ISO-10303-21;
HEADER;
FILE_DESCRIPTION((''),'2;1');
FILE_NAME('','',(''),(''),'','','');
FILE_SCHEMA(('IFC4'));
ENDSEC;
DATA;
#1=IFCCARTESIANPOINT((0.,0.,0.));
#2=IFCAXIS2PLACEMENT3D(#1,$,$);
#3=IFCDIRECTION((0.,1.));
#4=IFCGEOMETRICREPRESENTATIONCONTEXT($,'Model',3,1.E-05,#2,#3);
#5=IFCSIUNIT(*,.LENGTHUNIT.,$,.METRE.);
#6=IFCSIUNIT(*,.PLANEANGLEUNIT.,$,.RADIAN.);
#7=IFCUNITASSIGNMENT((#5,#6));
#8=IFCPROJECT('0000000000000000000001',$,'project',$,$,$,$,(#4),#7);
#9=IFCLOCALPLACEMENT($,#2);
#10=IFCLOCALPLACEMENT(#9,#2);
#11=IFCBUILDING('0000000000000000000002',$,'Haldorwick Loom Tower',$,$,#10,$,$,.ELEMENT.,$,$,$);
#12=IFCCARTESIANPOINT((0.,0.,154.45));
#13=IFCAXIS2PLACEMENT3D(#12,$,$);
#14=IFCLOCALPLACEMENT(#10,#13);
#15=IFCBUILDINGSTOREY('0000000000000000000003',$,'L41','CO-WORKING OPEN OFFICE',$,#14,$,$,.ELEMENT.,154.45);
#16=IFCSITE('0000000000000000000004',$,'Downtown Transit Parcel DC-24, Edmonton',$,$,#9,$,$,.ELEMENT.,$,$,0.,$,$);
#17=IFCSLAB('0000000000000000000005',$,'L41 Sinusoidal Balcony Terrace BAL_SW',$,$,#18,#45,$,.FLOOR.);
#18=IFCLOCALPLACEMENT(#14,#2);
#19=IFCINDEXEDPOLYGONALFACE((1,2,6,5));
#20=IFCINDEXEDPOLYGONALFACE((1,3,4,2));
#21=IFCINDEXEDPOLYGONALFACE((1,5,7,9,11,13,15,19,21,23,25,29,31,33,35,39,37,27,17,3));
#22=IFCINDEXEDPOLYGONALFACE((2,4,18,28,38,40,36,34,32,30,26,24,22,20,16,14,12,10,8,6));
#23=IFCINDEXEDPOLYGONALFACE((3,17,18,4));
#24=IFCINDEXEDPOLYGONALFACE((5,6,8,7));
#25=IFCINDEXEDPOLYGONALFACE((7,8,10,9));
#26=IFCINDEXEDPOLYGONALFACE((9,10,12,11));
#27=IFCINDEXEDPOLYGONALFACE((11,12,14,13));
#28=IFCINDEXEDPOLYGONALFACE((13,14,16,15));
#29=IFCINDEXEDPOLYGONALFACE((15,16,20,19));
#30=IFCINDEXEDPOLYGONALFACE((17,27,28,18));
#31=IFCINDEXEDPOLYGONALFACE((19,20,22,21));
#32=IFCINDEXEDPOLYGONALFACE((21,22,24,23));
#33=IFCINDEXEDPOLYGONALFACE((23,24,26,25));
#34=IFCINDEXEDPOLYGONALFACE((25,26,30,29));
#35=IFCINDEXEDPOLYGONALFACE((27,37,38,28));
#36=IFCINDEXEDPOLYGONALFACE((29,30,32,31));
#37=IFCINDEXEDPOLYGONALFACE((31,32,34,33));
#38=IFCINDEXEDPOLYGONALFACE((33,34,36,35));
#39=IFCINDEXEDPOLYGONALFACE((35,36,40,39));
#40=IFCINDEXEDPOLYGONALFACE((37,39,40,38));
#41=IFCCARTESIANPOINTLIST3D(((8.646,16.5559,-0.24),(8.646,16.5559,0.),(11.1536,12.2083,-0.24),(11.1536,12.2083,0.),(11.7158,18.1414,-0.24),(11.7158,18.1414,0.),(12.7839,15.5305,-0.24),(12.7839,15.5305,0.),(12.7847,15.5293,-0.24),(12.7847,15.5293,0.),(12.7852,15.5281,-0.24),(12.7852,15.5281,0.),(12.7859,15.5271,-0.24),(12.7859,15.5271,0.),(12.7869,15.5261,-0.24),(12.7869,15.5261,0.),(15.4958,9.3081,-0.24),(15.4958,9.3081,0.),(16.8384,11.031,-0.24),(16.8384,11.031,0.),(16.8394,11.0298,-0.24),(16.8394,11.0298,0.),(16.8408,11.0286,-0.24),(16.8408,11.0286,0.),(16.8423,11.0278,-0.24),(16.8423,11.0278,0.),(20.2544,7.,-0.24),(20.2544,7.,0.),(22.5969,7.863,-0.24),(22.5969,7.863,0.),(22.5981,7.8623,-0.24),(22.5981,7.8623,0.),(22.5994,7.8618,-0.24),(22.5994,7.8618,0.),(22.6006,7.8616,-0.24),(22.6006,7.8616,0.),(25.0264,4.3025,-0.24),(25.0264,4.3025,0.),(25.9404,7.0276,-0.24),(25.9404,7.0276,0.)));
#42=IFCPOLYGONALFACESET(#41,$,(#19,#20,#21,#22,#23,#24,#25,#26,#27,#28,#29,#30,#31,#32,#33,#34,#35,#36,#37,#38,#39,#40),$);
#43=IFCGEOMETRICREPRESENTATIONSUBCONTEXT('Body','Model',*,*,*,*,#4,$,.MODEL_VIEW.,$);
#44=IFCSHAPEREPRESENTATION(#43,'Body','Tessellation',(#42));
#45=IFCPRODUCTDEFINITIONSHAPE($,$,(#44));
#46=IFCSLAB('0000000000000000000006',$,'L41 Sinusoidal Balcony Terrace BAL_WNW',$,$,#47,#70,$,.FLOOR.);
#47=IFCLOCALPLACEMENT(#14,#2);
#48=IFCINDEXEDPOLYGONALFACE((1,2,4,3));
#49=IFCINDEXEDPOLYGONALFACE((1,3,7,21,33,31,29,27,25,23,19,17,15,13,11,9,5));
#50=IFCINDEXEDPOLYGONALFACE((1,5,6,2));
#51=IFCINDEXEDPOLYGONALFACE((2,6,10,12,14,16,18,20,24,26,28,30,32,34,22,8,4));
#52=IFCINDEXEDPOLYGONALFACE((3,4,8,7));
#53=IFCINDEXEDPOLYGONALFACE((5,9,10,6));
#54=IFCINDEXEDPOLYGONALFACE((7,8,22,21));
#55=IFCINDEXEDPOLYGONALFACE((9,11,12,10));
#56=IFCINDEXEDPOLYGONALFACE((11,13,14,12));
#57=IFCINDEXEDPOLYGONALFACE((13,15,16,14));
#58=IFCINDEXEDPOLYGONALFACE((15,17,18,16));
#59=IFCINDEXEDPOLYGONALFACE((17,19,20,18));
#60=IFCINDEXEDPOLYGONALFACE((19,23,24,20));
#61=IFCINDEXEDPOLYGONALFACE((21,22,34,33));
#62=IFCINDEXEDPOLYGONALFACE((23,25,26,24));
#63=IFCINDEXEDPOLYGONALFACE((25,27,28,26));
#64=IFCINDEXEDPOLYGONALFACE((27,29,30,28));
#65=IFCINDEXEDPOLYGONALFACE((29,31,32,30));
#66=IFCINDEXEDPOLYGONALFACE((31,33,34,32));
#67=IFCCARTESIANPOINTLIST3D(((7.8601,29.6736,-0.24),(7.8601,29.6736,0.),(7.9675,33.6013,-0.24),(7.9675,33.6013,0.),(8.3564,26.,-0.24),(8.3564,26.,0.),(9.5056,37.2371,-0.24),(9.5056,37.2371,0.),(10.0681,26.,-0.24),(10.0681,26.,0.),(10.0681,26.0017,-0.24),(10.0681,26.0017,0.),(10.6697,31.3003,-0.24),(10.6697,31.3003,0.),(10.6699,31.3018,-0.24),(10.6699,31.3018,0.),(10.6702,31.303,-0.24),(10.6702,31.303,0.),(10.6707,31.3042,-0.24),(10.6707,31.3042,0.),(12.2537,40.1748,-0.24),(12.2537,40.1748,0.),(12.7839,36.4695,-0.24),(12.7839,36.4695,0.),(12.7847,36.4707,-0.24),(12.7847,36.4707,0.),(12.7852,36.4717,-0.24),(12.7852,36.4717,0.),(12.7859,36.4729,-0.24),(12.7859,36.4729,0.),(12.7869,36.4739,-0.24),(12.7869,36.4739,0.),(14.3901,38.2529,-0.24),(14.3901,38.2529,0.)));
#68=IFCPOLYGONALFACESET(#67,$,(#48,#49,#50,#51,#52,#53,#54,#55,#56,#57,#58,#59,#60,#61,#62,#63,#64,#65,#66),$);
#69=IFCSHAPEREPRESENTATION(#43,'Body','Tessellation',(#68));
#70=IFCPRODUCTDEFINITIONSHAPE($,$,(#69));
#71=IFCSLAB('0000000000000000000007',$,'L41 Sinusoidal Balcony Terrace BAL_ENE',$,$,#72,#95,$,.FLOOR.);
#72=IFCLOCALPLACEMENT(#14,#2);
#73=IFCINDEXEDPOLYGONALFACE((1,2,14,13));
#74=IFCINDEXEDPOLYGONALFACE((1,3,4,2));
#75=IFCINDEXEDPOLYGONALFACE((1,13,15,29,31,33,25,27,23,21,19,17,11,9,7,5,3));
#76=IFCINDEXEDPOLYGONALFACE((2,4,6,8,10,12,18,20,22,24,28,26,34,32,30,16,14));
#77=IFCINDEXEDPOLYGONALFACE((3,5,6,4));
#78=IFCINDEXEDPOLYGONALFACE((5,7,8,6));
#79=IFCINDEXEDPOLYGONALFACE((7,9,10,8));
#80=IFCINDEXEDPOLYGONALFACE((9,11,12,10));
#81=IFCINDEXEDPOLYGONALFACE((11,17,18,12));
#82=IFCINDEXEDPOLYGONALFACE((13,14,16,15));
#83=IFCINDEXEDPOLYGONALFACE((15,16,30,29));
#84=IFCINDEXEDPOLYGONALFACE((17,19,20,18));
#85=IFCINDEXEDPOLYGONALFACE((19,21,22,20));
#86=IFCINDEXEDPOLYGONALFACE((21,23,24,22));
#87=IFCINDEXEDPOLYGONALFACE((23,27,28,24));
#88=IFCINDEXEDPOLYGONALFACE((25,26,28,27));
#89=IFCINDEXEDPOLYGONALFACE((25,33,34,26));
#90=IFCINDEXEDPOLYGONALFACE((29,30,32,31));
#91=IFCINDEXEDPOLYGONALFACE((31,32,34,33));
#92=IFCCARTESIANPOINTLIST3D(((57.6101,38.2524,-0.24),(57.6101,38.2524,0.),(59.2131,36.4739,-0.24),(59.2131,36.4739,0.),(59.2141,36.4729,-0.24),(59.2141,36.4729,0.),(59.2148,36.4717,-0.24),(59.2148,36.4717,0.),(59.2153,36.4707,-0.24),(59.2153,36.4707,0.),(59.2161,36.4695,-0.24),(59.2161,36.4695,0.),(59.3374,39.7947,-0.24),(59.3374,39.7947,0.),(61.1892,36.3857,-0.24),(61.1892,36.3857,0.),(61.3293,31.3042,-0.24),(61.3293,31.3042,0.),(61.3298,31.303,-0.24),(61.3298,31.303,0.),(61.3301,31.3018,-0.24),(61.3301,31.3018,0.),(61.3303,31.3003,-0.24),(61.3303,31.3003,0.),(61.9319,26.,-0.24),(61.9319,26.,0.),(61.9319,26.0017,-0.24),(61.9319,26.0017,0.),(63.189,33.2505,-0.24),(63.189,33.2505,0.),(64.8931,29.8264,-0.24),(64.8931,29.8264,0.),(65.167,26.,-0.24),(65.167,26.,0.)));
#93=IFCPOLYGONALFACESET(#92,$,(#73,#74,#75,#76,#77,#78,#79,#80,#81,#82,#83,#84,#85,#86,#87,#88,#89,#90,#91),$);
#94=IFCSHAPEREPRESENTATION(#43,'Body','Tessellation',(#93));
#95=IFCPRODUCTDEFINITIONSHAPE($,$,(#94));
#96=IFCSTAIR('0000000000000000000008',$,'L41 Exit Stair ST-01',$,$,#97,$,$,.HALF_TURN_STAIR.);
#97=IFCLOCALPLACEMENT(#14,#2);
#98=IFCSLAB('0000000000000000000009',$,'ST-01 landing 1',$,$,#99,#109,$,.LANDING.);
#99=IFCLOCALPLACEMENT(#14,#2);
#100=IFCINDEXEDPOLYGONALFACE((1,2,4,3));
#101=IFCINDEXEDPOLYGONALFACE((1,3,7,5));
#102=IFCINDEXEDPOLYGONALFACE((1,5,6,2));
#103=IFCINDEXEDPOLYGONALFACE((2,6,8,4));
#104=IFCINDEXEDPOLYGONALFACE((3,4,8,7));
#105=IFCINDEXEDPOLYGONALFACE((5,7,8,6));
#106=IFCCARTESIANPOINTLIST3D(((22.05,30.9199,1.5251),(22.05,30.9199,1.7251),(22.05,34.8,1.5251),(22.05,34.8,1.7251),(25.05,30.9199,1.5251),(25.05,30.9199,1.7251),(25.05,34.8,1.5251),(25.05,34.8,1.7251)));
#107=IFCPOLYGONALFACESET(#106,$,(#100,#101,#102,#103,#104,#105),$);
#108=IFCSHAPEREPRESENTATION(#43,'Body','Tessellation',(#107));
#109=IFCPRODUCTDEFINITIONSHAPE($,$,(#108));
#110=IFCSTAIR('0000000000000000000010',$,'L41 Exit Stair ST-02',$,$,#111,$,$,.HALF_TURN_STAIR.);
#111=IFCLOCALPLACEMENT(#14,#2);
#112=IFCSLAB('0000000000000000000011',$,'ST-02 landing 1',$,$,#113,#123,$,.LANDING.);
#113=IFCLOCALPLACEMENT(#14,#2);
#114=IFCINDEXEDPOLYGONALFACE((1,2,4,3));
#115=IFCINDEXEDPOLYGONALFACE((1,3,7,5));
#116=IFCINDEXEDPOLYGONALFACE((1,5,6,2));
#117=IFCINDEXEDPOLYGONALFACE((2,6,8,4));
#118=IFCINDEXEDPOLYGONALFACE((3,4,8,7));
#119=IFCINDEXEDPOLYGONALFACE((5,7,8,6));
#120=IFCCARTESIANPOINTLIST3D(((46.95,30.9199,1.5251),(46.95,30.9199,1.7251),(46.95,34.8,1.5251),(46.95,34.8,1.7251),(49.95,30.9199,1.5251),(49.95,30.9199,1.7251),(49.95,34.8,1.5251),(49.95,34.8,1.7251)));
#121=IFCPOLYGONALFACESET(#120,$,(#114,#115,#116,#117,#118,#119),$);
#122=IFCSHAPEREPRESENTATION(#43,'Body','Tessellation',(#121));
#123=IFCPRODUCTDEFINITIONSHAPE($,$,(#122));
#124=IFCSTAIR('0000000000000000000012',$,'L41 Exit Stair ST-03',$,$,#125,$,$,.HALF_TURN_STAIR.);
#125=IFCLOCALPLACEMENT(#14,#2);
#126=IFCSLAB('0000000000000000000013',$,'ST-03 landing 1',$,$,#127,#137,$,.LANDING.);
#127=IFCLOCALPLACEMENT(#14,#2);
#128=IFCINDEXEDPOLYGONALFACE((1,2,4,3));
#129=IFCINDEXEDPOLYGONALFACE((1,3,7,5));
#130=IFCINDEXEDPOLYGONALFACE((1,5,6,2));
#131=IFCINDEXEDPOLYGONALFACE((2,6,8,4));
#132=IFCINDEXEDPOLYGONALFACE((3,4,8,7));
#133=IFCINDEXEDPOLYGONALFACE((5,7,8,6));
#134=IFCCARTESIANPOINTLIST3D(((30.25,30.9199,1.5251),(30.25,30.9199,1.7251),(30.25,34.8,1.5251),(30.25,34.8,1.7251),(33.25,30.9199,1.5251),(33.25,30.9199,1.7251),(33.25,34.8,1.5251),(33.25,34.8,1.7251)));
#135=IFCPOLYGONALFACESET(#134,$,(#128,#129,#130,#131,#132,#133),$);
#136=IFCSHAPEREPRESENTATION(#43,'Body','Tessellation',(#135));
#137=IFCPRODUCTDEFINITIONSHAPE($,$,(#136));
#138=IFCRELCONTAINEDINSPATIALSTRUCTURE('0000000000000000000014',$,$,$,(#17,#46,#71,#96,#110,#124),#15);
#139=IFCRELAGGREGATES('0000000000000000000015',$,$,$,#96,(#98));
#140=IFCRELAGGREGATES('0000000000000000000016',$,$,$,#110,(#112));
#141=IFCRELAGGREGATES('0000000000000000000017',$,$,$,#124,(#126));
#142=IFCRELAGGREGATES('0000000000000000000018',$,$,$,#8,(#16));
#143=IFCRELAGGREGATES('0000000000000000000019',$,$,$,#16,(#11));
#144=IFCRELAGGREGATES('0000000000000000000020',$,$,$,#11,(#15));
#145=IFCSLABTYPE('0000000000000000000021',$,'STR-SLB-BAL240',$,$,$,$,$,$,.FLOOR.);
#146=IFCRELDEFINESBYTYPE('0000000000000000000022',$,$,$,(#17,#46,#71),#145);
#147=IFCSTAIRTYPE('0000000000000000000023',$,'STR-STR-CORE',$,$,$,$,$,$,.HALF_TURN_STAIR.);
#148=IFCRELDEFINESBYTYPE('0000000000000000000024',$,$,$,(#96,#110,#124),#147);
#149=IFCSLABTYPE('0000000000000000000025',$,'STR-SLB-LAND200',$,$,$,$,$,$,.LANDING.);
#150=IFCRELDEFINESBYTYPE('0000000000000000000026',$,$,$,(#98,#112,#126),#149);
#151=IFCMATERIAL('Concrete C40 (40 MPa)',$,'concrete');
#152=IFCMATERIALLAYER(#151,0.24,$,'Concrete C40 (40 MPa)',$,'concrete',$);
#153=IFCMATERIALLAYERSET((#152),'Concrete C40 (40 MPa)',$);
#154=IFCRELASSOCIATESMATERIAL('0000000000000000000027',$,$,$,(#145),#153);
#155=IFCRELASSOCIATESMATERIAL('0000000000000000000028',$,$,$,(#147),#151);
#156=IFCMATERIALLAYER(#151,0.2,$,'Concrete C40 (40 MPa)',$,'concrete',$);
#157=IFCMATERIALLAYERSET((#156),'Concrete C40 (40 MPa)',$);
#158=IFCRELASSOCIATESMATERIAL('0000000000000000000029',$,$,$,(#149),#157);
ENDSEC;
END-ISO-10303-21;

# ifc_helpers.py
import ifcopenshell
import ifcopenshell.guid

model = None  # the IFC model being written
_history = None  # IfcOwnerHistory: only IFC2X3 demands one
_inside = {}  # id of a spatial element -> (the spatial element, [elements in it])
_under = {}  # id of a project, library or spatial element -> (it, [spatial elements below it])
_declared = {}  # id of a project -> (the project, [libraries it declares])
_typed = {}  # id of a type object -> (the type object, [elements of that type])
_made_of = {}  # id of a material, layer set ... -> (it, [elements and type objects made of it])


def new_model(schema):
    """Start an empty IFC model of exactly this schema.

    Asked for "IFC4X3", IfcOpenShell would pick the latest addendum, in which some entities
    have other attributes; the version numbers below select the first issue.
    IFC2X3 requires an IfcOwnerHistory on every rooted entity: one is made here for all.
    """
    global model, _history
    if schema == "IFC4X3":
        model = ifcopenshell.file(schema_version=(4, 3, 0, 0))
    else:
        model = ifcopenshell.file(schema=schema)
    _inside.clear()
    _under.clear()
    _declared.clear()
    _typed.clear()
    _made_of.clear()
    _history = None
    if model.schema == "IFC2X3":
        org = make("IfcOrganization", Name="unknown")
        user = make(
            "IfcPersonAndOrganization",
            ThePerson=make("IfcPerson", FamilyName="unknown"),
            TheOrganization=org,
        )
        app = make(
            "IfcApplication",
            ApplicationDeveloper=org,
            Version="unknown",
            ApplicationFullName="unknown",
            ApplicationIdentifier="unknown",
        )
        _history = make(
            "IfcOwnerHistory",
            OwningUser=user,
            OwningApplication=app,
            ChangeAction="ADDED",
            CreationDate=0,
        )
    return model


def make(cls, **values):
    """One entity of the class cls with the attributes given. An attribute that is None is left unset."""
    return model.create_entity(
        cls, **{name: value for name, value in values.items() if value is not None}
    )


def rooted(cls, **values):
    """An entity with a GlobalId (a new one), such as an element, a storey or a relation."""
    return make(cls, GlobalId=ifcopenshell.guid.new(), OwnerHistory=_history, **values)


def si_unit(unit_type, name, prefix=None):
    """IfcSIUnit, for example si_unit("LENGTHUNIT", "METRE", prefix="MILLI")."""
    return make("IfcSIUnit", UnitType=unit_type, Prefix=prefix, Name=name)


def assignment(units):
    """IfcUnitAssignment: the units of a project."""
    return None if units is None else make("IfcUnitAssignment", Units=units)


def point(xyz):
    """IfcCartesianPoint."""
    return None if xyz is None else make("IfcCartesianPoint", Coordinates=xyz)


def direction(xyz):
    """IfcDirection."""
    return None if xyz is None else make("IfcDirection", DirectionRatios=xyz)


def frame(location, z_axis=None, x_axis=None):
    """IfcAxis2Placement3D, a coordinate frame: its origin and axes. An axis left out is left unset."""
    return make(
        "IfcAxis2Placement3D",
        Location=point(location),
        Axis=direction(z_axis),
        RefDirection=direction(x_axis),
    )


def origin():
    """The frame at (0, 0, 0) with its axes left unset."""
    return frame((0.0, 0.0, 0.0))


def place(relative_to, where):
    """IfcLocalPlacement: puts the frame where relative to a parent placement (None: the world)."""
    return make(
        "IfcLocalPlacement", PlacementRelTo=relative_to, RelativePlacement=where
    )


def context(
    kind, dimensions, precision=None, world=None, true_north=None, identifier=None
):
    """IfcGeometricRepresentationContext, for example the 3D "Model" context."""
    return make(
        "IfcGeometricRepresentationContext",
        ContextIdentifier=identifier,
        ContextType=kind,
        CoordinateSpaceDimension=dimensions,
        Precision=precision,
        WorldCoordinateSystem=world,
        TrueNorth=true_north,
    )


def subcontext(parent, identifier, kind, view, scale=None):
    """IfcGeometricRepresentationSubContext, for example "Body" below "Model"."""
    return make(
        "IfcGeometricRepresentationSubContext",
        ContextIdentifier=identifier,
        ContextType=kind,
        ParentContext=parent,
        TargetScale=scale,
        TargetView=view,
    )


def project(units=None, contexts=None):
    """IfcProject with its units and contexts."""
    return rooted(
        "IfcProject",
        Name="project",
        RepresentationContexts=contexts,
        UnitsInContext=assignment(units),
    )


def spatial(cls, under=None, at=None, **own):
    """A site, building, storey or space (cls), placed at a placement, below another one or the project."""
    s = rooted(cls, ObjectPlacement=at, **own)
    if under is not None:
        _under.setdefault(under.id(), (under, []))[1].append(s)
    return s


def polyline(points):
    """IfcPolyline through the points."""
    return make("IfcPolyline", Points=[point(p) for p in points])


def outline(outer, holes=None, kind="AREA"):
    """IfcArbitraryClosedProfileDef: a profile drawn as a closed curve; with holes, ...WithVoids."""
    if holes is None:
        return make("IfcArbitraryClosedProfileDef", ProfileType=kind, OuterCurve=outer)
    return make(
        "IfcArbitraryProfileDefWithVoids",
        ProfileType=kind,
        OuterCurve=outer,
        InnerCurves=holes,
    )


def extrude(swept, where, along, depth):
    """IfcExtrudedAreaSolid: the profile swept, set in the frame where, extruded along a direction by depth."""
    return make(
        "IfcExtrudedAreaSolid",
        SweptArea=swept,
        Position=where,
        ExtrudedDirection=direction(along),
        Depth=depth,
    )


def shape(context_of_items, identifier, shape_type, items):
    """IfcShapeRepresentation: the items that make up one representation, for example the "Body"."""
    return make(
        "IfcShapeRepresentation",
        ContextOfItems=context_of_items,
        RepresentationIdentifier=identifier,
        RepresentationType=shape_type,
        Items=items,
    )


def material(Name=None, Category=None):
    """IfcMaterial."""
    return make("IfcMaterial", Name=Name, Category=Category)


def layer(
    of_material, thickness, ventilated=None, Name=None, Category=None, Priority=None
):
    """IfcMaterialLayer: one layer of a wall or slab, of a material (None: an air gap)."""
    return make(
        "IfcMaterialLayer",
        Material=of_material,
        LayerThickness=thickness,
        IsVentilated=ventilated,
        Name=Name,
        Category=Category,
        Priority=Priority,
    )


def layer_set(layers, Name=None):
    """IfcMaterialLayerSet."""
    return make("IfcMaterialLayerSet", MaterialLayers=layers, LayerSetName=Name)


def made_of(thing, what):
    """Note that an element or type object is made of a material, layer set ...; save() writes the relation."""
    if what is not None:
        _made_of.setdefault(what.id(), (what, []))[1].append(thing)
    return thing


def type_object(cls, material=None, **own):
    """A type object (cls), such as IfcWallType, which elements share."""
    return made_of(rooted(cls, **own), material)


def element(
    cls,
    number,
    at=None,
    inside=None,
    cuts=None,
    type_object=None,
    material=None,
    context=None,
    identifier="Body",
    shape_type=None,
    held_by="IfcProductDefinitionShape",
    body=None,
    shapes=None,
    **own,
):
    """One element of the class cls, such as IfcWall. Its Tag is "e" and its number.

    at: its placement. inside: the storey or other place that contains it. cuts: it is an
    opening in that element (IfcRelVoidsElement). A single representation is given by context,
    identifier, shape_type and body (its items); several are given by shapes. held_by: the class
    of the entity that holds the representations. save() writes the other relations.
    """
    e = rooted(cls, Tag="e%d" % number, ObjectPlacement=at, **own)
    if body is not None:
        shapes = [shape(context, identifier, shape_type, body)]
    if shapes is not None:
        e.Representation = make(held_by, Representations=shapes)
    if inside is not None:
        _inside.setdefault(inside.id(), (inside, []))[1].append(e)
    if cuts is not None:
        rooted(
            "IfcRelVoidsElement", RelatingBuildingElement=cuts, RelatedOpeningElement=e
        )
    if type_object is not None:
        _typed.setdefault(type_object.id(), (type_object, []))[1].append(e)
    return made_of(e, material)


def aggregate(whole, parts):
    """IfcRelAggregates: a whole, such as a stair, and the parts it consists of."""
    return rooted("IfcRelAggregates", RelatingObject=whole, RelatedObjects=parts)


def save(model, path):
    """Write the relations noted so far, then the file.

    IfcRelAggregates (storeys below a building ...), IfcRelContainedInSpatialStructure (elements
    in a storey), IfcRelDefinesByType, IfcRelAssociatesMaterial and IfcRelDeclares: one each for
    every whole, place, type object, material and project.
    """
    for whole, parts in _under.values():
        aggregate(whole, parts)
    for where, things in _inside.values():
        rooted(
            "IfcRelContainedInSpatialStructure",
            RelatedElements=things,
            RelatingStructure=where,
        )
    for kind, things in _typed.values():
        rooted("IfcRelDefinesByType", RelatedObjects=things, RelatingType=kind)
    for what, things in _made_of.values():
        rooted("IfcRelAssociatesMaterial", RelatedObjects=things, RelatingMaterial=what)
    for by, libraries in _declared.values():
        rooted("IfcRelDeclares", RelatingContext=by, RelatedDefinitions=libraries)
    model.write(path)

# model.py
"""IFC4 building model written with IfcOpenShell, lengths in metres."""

from ifc_helpers import new_model, si_unit, direction, frame, origin, place, context, subcontext, project, spatial, polyline, outline, extrude, material, layer, layer_set, type_object, element, aggregate, save


model = new_model("IFC4")

# Units and contexts
model_context = context("Model", 3, precision=1e-05, world=origin(), true_north=direction((0.0, 1.0)))
body_context = subcontext(model_context, "Body", "Model", "MODEL_VIEW")
ifc_project = project(units=[si_unit("LENGTHUNIT", "METRE"), si_unit("PLANEANGLEUNIT", "RADIAN")], contexts=[model_context])

# Site, building, storey
site_placement = place(None, origin())
site = spatial("IfcSite", under=ifc_project, at=site_placement, Name="Downtown Transit Parcel DC-24, Edmonton", CompositionType="ELEMENT", RefElevation=0.0)
building_placement = place(site_placement, origin())
building = spatial("IfcBuilding", under=site, at=building_placement, Name="Haldorwick Loom Tower", CompositionType="ELEMENT")
storey_placement = place(building_placement, frame((0.0, 0.0, 154.45)))
storey = spatial("IfcBuildingStorey", under=building, at=storey_placement, Name="L41", Description="CO-WORKING OPEN OFFICE", CompositionType="ELEMENT", Elevation=154.45)

# Slabs
ifc_material_1 = material(Name="Concrete C40 (40 MPa)", Category="concrete")
ifc_layer_1 = layer(ifc_material_1, 0.24, Name="Concrete C40 (40 MPa)", Category="concrete")
ifc_layer_set_1 = layer_set([ifc_layer_1], Name="Concrete C40 (40 MPa)")
slab_type_1 = type_object("IfcSlabType", Name="STR-SLB-BAL240", PredefinedType="FLOOR", material=ifc_layer_set_1)
slab_1_placement = place(storey_placement, frame((0.0, 0.0, -0.24)))
element("IfcSlab", 1, at=slab_1_placement, inside=storey, type_object=slab_type_1, Name="L41 Sinusoidal Balcony Terrace BAL_SW", PredefinedType="FLOOR", context=body_context, shape_type="SweptSolid", body=[
    extrude(outline(polyline([(25.9404, 7.0276), (22.6006, 7.8616), (22.5994, 7.8618), (22.5981, 7.8623), (22.5969, 7.863), (16.8423, 11.0278), (16.8408, 11.0286), (16.8394, 11.0298), (16.8384, 11.031), (12.7869, 15.5261), (12.7859, 15.5271), (12.7852, 15.5281), (12.7847, 15.5293), (12.7839, 15.5305), (11.7158, 18.1414), (8.646, 16.5559), (11.1536, 12.2083), (15.4958, 9.3081), (20.2544, 7.0), (25.0264, 4.3025), (25.9404, 7.0276)])), origin(), (0.0, 0.0, 1.0), 0.24),
])
slab_2_placement = place(storey_placement, frame((0.0, 0.0, -0.24)))
element("IfcSlab", 2, at=slab_2_placement, inside=storey, type_object=slab_type_1, Name="L41 Sinusoidal Balcony Terrace BAL_WNW", PredefinedType="FLOOR", context=body_context, shape_type="SweptSolid", body=[
    extrude(outline(polyline([(10.0681, 26.0), (10.0681, 26.0017), (10.6697, 31.3003), (10.6699, 31.3018), (10.6702, 31.303), (10.6707, 31.3042), (12.7839, 36.4695), (12.7847, 36.4707), (12.7852, 36.4717), (12.7859, 36.4729), (12.7869, 36.4739), (14.3901, 38.2529), (12.2537, 40.1748), (9.5056, 37.2371), (7.9675, 33.6013), (7.8601, 29.6736), (8.3564, 26.0), (10.0681, 26.0)])), origin(), (0.0, 0.0, 1.0), 0.24),
])
slab_3_placement = place(storey_placement, frame((0.0, 0.0, -0.24)))
element("IfcSlab", 3, at=slab_3_placement, inside=storey, type_object=slab_type_1, Name="L41 Sinusoidal Balcony Terrace BAL_ENE", PredefinedType="FLOOR", context=body_context, shape_type="SweptSolid", body=[
    extrude(outline(polyline([(57.6101, 38.2524), (59.2131, 36.4739), (59.2141, 36.4729), (59.2148, 36.4717), (59.2153, 36.4707), (59.2161, 36.4695), (61.3293, 31.3042), (61.3298, 31.303), (61.3301, 31.3018), (61.3303, 31.3003), (61.9319, 26.0017), (61.9319, 26.0), (65.167, 26.0), (64.8931, 29.8264), (63.189, 33.2505), (61.1892, 36.3857), (59.3374, 39.7947), (57.6101, 38.2524)])), origin(), (0.0, 0.0, 1.0), 0.24),
])

# Stairs, slabs
stair_type = type_object("IfcStairType", Name="STR-STR-CORE", PredefinedType="HALF_TURN_STAIR", material=ifc_material_1)
stair_1_placement = place(storey_placement, origin())
stair_1 = element("IfcStair", 4, at=stair_1_placement, inside=storey, type_object=stair_type, Name="L41 Exit Stair ST-01", PredefinedType="HALF_TURN_STAIR")
ifc_layer_2 = layer(ifc_material_1, 0.2, Name="Concrete C40 (40 MPa)", Category="concrete")
ifc_layer_set_2 = layer_set([ifc_layer_2], Name="Concrete C40 (40 MPa)")
slab_type_2 = type_object("IfcSlabType", Name="STR-SLB-LAND200", PredefinedType="LANDING", material=ifc_layer_set_2)
slab_4_placement = place(storey_placement, frame((0.0, 0.0, 1.5251)))
slab_4 = element("IfcSlab", 5, at=slab_4_placement, type_object=slab_type_2, Name="ST-01 landing 1", PredefinedType="LANDING", context=body_context, shape_type="SweptSolid", body=[
    extrude(outline(polyline([(25.05, 30.9199), (25.05, 34.8), (22.05, 34.8), (22.05, 30.9199), (25.05, 30.9199)])), origin(), (0.0, 0.0, 1.0), 0.2),
])
aggregate(stair_1, [slab_4])
stair_2_placement = place(storey_placement, origin())
stair_2 = element("IfcStair", 6, at=stair_2_placement, inside=storey, type_object=stair_type, Name="L41 Exit Stair ST-02", PredefinedType="HALF_TURN_STAIR")
slab_5_placement = place(storey_placement, frame((0.0, 0.0, 1.5251)))
slab_5 = element("IfcSlab", 7, at=slab_5_placement, type_object=slab_type_2, Name="ST-02 landing 1", PredefinedType="LANDING", context=body_context, shape_type="SweptSolid", body=[
    extrude(outline(polyline([(49.95, 30.9199), (49.95, 34.8), (46.95, 34.8), (46.95, 30.9199), (49.95, 30.9199)])), origin(), (0.0, 0.0, 1.0), 0.2),
])
aggregate(stair_2, [slab_5])
stair_3_placement = place(storey_placement, origin())
stair_3 = element("IfcStair", 8, at=stair_3_placement, inside=storey, type_object=stair_type, Name="L41 Exit Stair ST-03", PredefinedType="HALF_TURN_STAIR")
slab_6_placement = place(storey_placement, frame((0.0, 0.0, 1.5251)))
slab_6 = element("IfcSlab", 9, at=slab_6_placement, type_object=slab_type_2, Name="ST-03 landing 1", PredefinedType="LANDING", context=body_context, shape_type="SweptSolid", body=[
    extrude(outline(polyline([(33.25, 30.9199), (33.25, 34.8), (30.25, 34.8), (30.25, 30.9199), (33.25, 30.9199)])), origin(), (0.0, 0.0, 1.0), 0.2),
])
aggregate(stair_3, [slab_6])

save(model, "model.ifc")
